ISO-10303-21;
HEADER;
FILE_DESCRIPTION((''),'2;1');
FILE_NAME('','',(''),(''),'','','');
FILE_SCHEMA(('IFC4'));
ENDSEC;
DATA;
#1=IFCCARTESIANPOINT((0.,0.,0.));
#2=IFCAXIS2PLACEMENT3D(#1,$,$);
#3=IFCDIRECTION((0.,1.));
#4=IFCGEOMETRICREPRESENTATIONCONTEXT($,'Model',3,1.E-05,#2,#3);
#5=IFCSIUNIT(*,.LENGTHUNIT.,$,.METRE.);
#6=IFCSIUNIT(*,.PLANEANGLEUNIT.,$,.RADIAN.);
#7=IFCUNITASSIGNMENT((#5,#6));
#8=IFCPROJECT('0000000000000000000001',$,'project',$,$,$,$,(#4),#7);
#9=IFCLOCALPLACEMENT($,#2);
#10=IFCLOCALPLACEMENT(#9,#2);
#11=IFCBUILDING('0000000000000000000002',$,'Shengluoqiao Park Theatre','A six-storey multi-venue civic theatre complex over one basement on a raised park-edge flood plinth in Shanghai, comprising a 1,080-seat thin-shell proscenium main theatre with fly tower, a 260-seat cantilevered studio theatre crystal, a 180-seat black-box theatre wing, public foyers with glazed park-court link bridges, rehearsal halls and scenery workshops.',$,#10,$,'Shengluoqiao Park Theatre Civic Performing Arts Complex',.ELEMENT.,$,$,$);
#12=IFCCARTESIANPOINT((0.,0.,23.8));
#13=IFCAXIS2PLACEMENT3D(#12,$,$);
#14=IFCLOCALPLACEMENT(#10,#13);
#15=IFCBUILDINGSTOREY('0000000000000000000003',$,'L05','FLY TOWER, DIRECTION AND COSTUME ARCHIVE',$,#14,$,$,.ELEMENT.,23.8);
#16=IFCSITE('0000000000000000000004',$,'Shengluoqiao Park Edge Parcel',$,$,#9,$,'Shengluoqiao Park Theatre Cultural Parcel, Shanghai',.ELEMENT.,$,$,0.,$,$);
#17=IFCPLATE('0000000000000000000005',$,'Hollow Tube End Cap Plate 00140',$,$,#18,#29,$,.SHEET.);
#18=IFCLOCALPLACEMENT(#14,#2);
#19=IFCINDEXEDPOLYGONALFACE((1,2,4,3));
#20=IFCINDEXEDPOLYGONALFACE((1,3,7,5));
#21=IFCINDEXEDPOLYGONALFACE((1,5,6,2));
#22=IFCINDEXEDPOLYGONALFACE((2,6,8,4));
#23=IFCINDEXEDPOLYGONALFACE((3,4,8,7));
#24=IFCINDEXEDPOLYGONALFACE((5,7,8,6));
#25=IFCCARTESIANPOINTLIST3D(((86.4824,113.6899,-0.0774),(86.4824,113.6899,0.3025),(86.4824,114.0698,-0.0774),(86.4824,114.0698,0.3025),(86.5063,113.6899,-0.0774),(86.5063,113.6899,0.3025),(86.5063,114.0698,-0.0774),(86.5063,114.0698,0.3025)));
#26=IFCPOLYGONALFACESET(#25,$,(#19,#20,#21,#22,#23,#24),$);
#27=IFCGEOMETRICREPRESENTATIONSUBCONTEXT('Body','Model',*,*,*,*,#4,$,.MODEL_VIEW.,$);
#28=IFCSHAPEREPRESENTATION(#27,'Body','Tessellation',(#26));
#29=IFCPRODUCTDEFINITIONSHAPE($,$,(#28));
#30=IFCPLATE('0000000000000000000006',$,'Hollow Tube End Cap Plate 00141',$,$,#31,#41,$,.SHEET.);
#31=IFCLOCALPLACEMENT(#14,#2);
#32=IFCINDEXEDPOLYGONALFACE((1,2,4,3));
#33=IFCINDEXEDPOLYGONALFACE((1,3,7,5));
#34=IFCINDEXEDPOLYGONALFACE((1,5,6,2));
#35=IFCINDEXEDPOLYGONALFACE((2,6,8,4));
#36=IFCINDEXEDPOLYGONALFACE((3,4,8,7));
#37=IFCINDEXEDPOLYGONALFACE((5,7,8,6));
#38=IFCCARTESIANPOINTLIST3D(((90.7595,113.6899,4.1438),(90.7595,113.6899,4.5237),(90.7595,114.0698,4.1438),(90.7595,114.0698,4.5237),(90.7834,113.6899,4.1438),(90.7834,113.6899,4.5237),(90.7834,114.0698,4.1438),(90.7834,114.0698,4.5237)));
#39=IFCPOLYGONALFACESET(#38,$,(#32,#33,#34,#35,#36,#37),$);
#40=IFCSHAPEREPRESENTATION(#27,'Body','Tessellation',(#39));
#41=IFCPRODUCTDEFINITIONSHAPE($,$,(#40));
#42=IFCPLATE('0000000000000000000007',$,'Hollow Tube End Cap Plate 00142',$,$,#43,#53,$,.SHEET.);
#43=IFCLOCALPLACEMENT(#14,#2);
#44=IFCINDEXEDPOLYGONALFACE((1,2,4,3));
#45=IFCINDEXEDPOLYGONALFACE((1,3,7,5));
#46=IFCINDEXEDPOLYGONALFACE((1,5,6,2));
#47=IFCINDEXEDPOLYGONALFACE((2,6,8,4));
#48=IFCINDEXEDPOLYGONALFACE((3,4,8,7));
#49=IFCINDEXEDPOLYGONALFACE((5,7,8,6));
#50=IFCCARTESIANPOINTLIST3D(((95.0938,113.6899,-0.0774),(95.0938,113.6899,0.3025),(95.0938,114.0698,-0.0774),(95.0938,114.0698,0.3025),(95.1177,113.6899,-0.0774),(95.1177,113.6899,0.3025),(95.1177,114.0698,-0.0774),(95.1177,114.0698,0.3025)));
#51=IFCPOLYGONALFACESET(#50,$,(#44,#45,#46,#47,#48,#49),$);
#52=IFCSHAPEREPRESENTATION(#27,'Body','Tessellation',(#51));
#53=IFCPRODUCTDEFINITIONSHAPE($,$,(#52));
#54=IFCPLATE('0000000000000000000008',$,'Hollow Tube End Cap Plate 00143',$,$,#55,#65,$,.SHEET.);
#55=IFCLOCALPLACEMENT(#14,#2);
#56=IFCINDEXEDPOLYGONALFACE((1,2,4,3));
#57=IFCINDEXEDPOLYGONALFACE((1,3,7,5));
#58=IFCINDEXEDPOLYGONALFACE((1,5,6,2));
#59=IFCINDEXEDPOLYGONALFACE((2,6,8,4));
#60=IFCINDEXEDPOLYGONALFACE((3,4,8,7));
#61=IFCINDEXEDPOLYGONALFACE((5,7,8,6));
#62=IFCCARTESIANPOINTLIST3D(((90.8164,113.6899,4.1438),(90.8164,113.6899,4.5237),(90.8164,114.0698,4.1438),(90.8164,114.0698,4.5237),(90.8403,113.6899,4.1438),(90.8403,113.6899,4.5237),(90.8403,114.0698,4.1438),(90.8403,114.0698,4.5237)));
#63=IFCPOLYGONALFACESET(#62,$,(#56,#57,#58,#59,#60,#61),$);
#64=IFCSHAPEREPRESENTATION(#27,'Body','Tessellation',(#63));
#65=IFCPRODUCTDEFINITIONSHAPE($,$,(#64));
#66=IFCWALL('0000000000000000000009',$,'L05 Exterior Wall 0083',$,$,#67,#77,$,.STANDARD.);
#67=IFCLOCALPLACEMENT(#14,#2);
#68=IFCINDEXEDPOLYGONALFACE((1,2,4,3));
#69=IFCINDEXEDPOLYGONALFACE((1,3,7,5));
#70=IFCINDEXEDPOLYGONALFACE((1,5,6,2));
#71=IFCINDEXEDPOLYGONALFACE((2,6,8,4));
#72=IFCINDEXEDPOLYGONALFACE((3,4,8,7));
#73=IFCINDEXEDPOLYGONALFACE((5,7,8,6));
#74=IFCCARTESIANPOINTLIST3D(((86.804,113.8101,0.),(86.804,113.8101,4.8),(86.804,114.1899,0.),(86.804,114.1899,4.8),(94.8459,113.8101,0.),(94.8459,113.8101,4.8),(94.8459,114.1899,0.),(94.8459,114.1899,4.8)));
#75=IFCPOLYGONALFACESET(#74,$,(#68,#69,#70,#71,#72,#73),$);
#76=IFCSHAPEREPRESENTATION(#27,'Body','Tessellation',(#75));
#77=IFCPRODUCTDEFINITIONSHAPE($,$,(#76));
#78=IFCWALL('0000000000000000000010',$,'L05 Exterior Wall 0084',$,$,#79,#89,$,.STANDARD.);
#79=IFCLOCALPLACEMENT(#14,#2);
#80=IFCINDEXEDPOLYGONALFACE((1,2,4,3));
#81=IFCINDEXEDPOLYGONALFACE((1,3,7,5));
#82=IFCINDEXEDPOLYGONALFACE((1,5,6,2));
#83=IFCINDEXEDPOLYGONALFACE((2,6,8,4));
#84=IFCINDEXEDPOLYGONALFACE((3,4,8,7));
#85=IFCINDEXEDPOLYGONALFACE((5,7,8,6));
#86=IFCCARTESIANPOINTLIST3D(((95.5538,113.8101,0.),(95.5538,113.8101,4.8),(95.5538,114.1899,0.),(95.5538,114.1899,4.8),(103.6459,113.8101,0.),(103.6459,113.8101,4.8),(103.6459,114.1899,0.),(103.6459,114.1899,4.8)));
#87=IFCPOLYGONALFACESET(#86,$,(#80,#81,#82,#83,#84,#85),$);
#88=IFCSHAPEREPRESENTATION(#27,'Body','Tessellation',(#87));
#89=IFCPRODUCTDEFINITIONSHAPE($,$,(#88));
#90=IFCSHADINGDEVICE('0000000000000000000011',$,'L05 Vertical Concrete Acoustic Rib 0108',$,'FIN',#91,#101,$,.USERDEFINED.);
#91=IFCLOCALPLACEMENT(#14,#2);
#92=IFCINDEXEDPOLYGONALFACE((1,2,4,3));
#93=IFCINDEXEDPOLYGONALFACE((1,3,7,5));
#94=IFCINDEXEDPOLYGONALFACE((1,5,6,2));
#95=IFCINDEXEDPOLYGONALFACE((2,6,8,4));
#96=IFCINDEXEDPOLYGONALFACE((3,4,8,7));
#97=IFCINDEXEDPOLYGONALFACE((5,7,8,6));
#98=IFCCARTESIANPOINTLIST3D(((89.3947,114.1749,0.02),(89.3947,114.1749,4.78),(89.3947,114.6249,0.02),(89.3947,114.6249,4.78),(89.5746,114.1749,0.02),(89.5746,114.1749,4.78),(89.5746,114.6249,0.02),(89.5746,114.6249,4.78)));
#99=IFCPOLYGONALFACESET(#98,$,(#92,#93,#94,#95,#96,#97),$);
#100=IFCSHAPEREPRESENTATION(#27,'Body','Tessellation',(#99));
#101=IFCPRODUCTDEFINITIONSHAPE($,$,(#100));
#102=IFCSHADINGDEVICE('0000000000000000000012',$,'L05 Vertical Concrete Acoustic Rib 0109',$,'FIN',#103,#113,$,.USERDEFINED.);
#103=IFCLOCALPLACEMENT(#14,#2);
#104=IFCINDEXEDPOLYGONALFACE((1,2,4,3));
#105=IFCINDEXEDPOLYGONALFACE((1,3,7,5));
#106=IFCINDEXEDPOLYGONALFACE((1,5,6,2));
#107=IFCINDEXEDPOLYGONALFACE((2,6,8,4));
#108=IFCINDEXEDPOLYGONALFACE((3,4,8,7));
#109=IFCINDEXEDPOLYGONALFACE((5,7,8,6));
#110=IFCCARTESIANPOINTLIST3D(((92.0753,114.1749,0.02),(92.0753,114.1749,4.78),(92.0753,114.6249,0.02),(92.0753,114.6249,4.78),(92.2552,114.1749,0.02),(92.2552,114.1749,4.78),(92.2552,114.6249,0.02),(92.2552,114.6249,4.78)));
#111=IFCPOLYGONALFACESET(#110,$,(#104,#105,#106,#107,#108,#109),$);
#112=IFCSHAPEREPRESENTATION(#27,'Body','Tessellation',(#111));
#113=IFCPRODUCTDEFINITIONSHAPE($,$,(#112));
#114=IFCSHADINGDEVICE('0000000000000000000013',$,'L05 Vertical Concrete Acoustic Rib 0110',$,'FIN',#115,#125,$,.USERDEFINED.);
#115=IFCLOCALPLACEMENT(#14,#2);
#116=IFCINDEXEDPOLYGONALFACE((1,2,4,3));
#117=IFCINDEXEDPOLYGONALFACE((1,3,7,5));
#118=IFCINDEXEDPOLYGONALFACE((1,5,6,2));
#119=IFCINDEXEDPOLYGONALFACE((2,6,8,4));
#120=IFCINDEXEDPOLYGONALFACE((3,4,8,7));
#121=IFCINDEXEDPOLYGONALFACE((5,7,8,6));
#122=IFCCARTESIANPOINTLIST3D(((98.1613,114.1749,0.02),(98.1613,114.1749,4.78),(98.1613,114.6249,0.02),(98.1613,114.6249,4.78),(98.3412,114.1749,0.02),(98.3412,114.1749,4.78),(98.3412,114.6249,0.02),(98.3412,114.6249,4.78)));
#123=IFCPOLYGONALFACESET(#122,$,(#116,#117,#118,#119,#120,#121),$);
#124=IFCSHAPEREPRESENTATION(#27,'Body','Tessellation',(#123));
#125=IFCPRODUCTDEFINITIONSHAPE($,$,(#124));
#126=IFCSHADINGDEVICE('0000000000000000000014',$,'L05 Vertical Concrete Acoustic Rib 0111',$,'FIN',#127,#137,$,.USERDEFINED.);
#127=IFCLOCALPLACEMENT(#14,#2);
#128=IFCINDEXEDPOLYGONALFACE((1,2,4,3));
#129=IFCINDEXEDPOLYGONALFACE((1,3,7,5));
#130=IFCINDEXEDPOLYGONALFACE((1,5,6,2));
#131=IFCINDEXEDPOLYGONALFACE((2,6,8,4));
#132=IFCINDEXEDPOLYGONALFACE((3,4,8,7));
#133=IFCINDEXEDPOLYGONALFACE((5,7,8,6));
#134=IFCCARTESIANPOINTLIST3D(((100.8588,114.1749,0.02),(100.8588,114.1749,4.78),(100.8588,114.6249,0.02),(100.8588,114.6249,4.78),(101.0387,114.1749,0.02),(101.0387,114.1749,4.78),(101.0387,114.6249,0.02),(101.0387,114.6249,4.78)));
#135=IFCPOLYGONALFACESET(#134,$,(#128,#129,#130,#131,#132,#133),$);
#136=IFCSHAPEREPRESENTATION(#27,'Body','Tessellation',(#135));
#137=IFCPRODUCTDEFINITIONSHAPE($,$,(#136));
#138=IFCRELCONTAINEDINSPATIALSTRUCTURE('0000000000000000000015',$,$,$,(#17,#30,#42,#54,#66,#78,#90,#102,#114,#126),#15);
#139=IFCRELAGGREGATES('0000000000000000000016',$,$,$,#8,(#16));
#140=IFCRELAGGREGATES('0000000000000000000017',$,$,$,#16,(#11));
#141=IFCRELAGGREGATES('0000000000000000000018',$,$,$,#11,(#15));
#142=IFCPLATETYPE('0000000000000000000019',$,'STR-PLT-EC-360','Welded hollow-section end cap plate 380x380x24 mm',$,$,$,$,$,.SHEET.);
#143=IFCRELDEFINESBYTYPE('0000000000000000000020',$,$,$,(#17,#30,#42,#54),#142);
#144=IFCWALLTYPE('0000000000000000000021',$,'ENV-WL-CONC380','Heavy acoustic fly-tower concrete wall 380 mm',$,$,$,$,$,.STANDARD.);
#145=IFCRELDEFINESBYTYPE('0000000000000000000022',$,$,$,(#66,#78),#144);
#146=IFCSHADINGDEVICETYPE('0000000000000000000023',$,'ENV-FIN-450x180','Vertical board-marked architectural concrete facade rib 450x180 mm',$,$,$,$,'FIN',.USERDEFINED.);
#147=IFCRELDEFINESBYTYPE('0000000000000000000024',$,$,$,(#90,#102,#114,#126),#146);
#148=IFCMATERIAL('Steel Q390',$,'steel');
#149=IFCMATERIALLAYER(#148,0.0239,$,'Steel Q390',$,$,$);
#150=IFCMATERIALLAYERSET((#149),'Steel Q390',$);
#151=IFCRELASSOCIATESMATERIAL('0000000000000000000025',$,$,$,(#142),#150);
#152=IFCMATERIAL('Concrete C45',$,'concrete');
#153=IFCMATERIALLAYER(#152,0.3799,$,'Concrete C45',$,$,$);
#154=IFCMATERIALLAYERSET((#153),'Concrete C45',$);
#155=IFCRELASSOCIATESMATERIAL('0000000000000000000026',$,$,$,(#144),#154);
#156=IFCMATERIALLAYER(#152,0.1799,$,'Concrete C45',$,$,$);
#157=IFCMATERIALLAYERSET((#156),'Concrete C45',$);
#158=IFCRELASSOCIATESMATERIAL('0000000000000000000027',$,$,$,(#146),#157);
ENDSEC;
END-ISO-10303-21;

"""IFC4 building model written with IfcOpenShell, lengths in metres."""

from ifc_helpers import new_model, si_unit, direction, frame, frame_2d, origin, origin_2d, place, context, subcontext, project, spatial, rectangle, extrude, material, layer, layer_set, type_object, element, save


model = new_model("IFC4")

# Units and contexts
model_context = context("Model", 3, precision=1e-05, world=origin(), true_north=direction((0.0, 1.0)))
body_context = subcontext(model_context, "Body", "Model", "MODEL_VIEW")
ifc_project = project(units=[si_unit("LENGTHUNIT", "METRE"), si_unit("PLANEANGLEUNIT", "RADIAN")], contexts=[model_context])

# Site, building, storey
site_placement = place(None, origin())
site = spatial("IfcSite", under=ifc_project, at=site_placement, Name="Shengluoqiao Park Edge Parcel", LongName="Shengluoqiao Park Theatre Cultural Parcel, Shanghai", CompositionType="ELEMENT", RefElevation=0.0)
building_placement = place(site_placement, origin())
building = spatial("IfcBuilding", under=site, at=building_placement, Name="Shengluoqiao Park Theatre", Description="A six-storey multi-venue civic theatre complex over one basement on a raised park-edge flood plinth in Shanghai, comprising a 1,080-seat thin-shell proscenium main theatre with fly tower, a 260-seat cantilevered studio theatre crystal, a 180-seat black-box theatre wing, public foyers with glazed park-court link bridges, rehearsal halls and scenery workshops.", LongName="Shengluoqiao Park Theatre Civic Performing Arts Complex", CompositionType="ELEMENT")
storey_placement = place(building_placement, frame((0.0, 0.0, 23.8)))
storey = spatial("IfcBuildingStorey", under=building, at=storey_placement, Name="L05", Description="FLY TOWER, DIRECTION AND COSTUME ARCHIVE", CompositionType="ELEMENT", Elevation=23.8)

# Shared definitions
ifc_material_1 = material(Name="Steel Q390", Category="steel")

# Plates
ifc_layer_1 = layer(ifc_material_1, 0.0239, Name="Steel Q390")
ifc_layer_set_1 = layer_set([ifc_layer_1], Name="Steel Q390")
plate_type = type_object("IfcPlateType", Name="STR-PLT-EC-360", Description="Welded hollow-section end cap plate 380x380x24 mm", PredefinedType="SHEET", material=ifc_layer_set_1)
for number, where, z_axis, x_axis, name in (
    (1, (86.4944, 113.8799, -0.0774), (0.0, 0.0, 1.0), (1.0, 0.0, 0.0), "Hollow Tube End Cap Plate 00140"),
    (2, (90.7715, 113.8799, 4.1438), (0.0, 0.0, 1.0), (1.0, 0.0, 0.0), "Hollow Tube End Cap Plate 00141"),
    (3, (95.1057, 113.8799, -0.0774), (0.0, 0.0, 1.0), (-1.0, 0.0, 0.0), "Hollow Tube End Cap Plate 00142"),
    (4, (90.8284, 113.8799, 4.1438), (0.0, 0.0, 1.0), (-1.0, 0.0, 0.0), "Hollow Tube End Cap Plate 00143"),
):
    element("IfcPlate", number, at=place(storey_placement, frame(where, z_axis=z_axis, x_axis=x_axis)), inside=storey, type_object=plate_type, Name=name, PredefinedType="SHEET", context=body_context, shape_type="SweptSolid", body=[
        extrude(rectangle(XDim=0.0239, YDim=0.3799, at=origin_2d()), origin(), (0.0, 0.0, 1.0), 0.3799),
    ])

# Walls
ifc_material_2 = material(Name="Concrete C45", Category="concrete")
ifc_layer_2 = layer(ifc_material_2, 0.3799, Name="Concrete C45")
ifc_layer_set_2 = layer_set([ifc_layer_2], Name="Concrete C45")
wall_type = type_object("IfcWallType", Name="ENV-WL-CONC380", Description="Heavy acoustic fly-tower concrete wall 380 mm", PredefinedType="STANDARD", material=ifc_layer_set_2)
wall_1_placement = place(storey_placement, frame((86.804, 114.0, 0.0), z_axis=(0.0, 0.0, 1.0), x_axis=(1.0, 0.0, 0.0)))
element("IfcWall", 5, at=wall_1_placement, inside=storey, type_object=wall_type, Name="L05 Exterior Wall 0083", PredefinedType="STANDARD", context=body_context, shape_type="SweptSolid", body=[
    extrude(rectangle(XDim=8.042, YDim=0.3799, at=frame_2d((4.021, 0.0))), origin(), (0.0, 0.0, 1.0), 4.8),
])
wall_2_placement = place(storey_placement, frame((95.554, 114.0, 0.0), z_axis=(0.0, 0.0, 1.0), x_axis=(1.0, 0.0, 0.0)))
element("IfcWall", 6, at=wall_2_placement, inside=storey, type_object=wall_type, Name="L05 Exterior Wall 0084", PredefinedType="STANDARD", context=body_context, shape_type="SweptSolid", body=[
    extrude(rectangle(XDim=8.092, YDim=0.3799, at=frame_2d((4.0459, 0.0))), origin(), (0.0, 0.0, 1.0), 4.8),
])

# Shading devices
ifc_layer_3 = layer(ifc_material_2, 0.1799, Name="Concrete C45")
ifc_layer_set_3 = layer_set([ifc_layer_3], Name="Concrete C45")
shading_device_type = type_object("IfcShadingDeviceType", Name="ENV-FIN-450x180", Description="Vertical board-marked architectural concrete facade rib 450x180 mm", ElementType="FIN", PredefinedType="USERDEFINED", material=ifc_layer_set_3)
for number, where, z_axis, x_axis, name in (
    (7, (89.4846, 114.3999, 0.02), (0.0, 0.0, 1.0), (0.0, 1.0, 0.0), "L05 Vertical Concrete Acoustic Rib 0108"),
    (8, (92.1653, 114.3999, 0.02), (0.0, 0.0, 1.0), (0.0, 1.0, 0.0), "L05 Vertical Concrete Acoustic Rib 0109"),
    (9, (98.2512, 114.3999, 0.02), (0.0, 0.0, 1.0), (0.0, 1.0, 0.0), "L05 Vertical Concrete Acoustic Rib 0110"),
    (10, (100.9487, 114.3999, 0.02), (0.0, 0.0, 1.0), (0.0, 1.0, 0.0), "L05 Vertical Concrete Acoustic Rib 0111"),
):
    element("IfcShadingDevice", number, at=place(storey_placement, frame(where, z_axis=z_axis, x_axis=x_axis)), inside=storey, type_object=shading_device_type, Name=name, ObjectType="FIN", PredefinedType="USERDEFINED", context=body_context, shape_type="SweptSolid", body=[
        extrude(rectangle(XDim=0.45, YDim=0.1799, at=origin_2d()), origin(), (0.0, 0.0, 1.0), 4.76),
    ])

save(model, "model.ifc")
